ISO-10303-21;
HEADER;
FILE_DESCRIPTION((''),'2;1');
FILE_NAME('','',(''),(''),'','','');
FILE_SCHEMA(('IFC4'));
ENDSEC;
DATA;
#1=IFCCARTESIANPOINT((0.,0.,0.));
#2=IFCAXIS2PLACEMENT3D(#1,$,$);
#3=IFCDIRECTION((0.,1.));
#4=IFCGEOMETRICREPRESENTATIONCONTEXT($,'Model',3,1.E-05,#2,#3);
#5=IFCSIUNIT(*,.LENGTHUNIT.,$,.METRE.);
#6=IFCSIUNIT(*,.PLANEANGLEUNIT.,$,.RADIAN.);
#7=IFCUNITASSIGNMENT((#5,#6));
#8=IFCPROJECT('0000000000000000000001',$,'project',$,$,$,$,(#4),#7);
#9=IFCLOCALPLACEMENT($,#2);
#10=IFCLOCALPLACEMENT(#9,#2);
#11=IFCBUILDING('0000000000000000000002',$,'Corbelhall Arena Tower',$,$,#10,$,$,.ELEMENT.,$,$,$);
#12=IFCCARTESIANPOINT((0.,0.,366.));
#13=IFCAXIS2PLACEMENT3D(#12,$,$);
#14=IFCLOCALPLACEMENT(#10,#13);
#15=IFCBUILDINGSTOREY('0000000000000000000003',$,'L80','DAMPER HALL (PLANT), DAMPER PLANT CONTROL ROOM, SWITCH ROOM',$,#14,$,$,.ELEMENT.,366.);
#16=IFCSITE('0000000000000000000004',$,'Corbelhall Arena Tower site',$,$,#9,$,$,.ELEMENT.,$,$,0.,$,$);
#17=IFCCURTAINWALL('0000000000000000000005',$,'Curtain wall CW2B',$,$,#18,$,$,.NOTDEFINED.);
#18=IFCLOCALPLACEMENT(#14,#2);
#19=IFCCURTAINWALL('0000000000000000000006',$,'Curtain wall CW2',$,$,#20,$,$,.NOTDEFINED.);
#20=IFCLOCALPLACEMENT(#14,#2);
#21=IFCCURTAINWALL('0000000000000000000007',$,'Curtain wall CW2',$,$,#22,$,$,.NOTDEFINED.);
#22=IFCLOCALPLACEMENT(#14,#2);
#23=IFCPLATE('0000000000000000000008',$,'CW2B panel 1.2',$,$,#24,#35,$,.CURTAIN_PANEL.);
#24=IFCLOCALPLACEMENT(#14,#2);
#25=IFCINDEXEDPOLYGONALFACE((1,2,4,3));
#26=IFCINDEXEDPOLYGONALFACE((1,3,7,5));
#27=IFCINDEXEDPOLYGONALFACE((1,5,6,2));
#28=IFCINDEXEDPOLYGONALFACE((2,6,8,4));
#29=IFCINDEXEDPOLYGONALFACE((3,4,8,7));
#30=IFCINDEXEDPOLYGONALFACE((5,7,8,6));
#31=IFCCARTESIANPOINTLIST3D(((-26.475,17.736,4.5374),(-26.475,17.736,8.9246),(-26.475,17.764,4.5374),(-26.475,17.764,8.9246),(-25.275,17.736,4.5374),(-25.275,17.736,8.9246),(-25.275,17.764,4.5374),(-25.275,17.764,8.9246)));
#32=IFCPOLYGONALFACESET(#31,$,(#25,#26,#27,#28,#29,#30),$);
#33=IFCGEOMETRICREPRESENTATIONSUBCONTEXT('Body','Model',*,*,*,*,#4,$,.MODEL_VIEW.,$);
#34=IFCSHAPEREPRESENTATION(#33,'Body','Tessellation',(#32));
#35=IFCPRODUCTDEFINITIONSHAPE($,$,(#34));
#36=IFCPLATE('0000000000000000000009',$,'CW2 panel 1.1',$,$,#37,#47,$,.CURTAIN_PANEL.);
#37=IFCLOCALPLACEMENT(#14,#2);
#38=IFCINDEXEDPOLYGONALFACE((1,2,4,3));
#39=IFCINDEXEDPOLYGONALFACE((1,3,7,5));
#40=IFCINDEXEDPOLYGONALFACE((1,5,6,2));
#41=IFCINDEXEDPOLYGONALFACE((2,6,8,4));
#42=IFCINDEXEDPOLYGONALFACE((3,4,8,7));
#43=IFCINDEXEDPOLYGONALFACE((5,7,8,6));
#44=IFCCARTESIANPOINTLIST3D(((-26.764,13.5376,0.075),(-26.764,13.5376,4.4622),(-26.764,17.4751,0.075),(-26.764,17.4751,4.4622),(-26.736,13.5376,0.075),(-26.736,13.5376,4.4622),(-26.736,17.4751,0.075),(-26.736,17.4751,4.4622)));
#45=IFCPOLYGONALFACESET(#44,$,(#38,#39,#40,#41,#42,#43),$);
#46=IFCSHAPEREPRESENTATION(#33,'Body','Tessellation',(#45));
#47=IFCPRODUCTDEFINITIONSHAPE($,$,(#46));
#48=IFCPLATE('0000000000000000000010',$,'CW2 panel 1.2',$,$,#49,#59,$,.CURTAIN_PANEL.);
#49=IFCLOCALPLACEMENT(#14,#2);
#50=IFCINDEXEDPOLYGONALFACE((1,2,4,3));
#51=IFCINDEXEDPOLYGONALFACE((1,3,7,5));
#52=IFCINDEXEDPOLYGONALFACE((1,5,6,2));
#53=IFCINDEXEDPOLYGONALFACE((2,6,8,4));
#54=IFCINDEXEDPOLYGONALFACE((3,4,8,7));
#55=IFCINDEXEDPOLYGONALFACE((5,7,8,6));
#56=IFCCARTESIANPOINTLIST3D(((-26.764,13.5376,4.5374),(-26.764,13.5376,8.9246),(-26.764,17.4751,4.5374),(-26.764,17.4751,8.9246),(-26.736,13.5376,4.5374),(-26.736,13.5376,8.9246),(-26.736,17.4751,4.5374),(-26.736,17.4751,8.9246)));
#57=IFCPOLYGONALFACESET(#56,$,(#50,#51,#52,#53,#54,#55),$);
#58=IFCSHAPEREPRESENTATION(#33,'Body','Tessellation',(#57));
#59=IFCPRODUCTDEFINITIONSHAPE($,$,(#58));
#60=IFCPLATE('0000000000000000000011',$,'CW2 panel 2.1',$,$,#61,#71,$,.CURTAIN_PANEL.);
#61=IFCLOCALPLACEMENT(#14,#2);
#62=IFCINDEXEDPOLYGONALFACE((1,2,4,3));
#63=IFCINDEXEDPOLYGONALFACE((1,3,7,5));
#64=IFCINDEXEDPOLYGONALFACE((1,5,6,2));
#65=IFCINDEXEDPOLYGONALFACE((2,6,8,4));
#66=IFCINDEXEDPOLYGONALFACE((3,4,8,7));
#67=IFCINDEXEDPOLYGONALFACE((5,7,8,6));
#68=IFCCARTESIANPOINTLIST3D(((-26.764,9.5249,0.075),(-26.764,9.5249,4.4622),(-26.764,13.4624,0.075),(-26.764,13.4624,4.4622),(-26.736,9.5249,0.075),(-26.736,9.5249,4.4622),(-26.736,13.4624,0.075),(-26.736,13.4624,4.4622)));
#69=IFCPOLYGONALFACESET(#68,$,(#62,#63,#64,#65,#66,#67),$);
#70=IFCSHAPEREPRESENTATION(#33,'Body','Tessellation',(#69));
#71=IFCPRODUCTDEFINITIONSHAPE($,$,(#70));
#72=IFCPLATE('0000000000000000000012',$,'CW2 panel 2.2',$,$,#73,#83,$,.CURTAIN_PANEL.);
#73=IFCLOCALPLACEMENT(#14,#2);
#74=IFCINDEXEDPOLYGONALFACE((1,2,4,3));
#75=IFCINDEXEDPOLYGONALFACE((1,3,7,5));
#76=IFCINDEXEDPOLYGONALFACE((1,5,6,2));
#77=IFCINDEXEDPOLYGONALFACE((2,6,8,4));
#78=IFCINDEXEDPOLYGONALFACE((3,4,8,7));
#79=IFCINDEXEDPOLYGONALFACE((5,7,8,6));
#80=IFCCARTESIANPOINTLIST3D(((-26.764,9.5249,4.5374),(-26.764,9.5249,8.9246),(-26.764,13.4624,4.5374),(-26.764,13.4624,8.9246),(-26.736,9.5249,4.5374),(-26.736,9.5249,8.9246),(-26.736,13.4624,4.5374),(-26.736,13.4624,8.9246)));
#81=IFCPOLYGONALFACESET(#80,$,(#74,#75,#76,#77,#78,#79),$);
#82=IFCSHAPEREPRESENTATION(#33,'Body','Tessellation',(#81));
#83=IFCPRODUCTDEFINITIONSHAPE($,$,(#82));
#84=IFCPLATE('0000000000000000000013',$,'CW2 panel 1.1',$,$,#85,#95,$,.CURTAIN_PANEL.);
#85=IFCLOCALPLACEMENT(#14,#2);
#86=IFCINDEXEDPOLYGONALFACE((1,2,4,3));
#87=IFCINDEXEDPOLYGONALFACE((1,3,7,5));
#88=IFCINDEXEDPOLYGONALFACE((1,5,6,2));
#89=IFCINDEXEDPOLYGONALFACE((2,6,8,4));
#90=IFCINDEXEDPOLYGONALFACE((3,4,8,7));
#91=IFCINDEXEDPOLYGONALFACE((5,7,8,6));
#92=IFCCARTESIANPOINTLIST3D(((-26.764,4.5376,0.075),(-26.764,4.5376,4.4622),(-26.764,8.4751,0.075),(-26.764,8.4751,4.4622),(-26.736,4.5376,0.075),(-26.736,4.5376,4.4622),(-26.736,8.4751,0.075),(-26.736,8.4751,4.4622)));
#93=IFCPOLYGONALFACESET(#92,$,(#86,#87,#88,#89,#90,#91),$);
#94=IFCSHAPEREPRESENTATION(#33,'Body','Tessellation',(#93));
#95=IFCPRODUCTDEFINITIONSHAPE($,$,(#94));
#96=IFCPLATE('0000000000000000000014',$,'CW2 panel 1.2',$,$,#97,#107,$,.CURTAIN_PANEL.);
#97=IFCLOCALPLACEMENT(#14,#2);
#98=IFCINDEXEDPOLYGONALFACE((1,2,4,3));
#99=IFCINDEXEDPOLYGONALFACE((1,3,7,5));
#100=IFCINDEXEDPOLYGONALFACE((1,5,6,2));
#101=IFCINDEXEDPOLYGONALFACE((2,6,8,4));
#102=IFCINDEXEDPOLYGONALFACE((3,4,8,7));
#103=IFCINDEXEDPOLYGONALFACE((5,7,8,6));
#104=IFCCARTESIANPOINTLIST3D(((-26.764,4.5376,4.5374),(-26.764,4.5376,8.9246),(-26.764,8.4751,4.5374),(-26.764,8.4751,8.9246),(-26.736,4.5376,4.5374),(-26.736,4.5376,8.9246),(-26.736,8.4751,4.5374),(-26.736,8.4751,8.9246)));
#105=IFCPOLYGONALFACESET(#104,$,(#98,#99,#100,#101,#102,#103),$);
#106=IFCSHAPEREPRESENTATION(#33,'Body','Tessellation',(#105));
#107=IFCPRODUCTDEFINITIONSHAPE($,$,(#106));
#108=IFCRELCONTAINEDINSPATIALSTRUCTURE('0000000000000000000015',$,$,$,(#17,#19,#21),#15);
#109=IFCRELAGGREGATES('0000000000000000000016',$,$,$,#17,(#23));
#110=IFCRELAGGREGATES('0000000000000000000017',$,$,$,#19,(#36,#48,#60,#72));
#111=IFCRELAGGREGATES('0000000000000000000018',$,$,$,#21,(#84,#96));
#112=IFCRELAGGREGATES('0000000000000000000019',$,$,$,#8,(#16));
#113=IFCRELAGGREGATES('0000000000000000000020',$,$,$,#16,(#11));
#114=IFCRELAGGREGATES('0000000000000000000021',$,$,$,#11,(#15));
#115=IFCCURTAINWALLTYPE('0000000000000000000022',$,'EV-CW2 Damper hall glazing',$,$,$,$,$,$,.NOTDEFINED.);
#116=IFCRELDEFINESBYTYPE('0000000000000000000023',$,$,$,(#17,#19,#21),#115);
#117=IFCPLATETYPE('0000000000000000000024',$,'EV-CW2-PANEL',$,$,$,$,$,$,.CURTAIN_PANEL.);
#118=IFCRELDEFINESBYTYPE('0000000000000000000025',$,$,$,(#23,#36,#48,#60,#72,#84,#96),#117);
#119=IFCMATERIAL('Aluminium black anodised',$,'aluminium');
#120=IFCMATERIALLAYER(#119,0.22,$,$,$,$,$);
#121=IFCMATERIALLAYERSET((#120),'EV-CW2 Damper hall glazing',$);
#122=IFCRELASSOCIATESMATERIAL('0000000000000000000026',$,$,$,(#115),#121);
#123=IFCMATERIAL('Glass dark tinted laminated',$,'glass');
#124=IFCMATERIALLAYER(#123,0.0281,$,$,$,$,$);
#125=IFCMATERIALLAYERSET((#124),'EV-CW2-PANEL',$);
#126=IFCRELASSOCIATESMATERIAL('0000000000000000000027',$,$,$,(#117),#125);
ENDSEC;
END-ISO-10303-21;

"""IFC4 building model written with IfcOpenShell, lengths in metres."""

from ifc_helpers import new_model, si_unit, direction, frame, origin, origin_2d, place, context, subcontext, project, spatial, rectangle, extrude, material, layer, layer_set, type_object, element, aggregate, save


model = new_model("IFC4")

# Units and contexts
model_context = context("Model", 3, precision=1e-05, world=origin(), true_north=direction((0.0, 1.0)))
body_context = subcontext(model_context, "Body", "Model", "MODEL_VIEW")
ifc_project = project(units=[si_unit("LENGTHUNIT", "METRE"), si_unit("PLANEANGLEUNIT", "RADIAN")], contexts=[model_context])

# Site, building, storey
site_placement = place(None, origin())
site = spatial("IfcSite", under=ifc_project, at=site_placement, Name="Corbelhall Arena Tower site", CompositionType="ELEMENT", RefElevation=0.0)
building_placement = place(site_placement, origin())
building = spatial("IfcBuilding", under=site, at=building_placement, Name="Corbelhall Arena Tower", CompositionType="ELEMENT")
storey_placement = place(building_placement, frame((0.0, 0.0, 366.0)))
storey = spatial("IfcBuildingStorey", under=building, at=storey_placement, Name="L80", Description="DAMPER HALL (PLANT), DAMPER PLANT CONTROL ROOM, SWITCH ROOM", CompositionType="ELEMENT", Elevation=366.0)

# Curtain walls
ifc_material_1 = material(Name="Aluminium black anodised", Category="aluminium")
ifc_layer_1 = layer(ifc_material_1, 0.22)
ifc_layer_set_1 = layer_set([ifc_layer_1], Name="EV-CW2 Damper hall glazing")
curtain_wall_type = type_object("IfcCurtainWallType", Name="EV-CW2 Damper hall glazing", PredefinedType="NOTDEFINED", material=ifc_layer_set_1)
curtain_wall_1_placement = place(storey_placement, origin())
curtain_wall_1 = element("IfcCurtainWall", 1, at=curtain_wall_1_placement, inside=storey, type_object=curtain_wall_type, Name="Curtain wall CW2B", PredefinedType="NOTDEFINED")
curtain_wall_2_placement = place(storey_placement, origin())
curtain_wall_2 = element("IfcCurtainWall", 2, at=curtain_wall_2_placement, inside=storey, type_object=curtain_wall_type, Name="Curtain wall CW2", PredefinedType="NOTDEFINED")
curtain_wall_3_placement = place(storey_placement, origin())
curtain_wall_3 = element("IfcCurtainWall", 3, at=curtain_wall_3_placement, inside=storey, type_object=curtain_wall_type, Name="Curtain wall CW2", PredefinedType="NOTDEFINED")

# Plates
ifc_material_2 = material(Name="Glass dark tinted laminated", Category="glass")
ifc_layer_2 = layer(ifc_material_2, 0.0281)
ifc_layer_set_2 = layer_set([ifc_layer_2], Name="EV-CW2-PANEL")
plate_type = type_object("IfcPlateType", Name="EV-CW2-PANEL", PredefinedType="CURTAIN_PANEL", material=ifc_layer_set_2)
plate_1_placement = place(storey_placement, frame((-25.875, 17.75, 4.5374), z_axis=(0.0, 0.0, 1.0), x_axis=(-1.0, 0.0, 0.0)))
plate_1 = element("IfcPlate", 4, at=plate_1_placement, type_object=plate_type, Name="CW2B panel 1.2", PredefinedType="CURTAIN_PANEL", context=body_context, shape_type="SweptSolid", body=[
    extrude(rectangle(XDim=1.2, YDim=0.0281, at=origin_2d()), origin(), (0.0, 0.0, 1.0), 4.3872),
])
aggregate(curtain_wall_1, [plate_1])
plate_2_placement = place(storey_placement, frame((-26.75, 15.5063, 0.075), z_axis=(0.0, 0.0, 1.0), x_axis=(0.0, -1.0, 0.0)))
plate_2 = element("IfcPlate", 5, at=plate_2_placement, type_object=plate_type, Name="CW2 panel 1.1", PredefinedType="CURTAIN_PANEL", context=body_context, shape_type="SweptSolid", body=[
    extrude(rectangle(XDim=3.9375, YDim=0.0281, at=origin_2d()), origin(), (0.0, 0.0, 1.0), 4.3872),
])
plate_3_placement = place(storey_placement, frame((-26.75, 15.5063, 4.5374), z_axis=(0.0, 0.0, 1.0), x_axis=(0.0, -1.0, 0.0)))
plate_3 = element("IfcPlate", 6, at=plate_3_placement, type_object=plate_type, Name="CW2 panel 1.2", PredefinedType="CURTAIN_PANEL", context=body_context, shape_type="SweptSolid", body=[
    extrude(rectangle(XDim=3.9375, YDim=0.0281, at=origin_2d()), origin(), (0.0, 0.0, 1.0), 4.3872),
])
plate_4_placement = place(storey_placement, frame((-26.75, 11.4937, 0.075), z_axis=(0.0, 0.0, 1.0), x_axis=(0.0, -1.0, 0.0)))
plate_4 = element("IfcPlate", 7, at=plate_4_placement, type_object=plate_type, Name="CW2 panel 2.1", PredefinedType="CURTAIN_PANEL", context=body_context, shape_type="SweptSolid", body=[
    extrude(rectangle(XDim=3.9375, YDim=0.0281, at=origin_2d()), origin(), (0.0, 0.0, 1.0), 4.3872),
])
plate_5_placement = place(storey_placement, frame((-26.75, 11.4937, 4.5374), z_axis=(0.0, 0.0, 1.0), x_axis=(0.0, -1.0, 0.0)))
plate_5 = element("IfcPlate", 8, at=plate_5_placement, type_object=plate_type, Name="CW2 panel 2.2", PredefinedType="CURTAIN_PANEL", context=body_context, shape_type="SweptSolid", body=[
    extrude(rectangle(XDim=3.9375, YDim=0.0281, at=origin_2d()), origin(), (0.0, 0.0, 1.0), 4.3872),
])
aggregate(curtain_wall_2, [plate_2, plate_3, plate_4, plate_5])
plate_6_placement = place(storey_placement, frame((-26.75, 6.5063, 0.075), z_axis=(0.0, 0.0, 1.0), x_axis=(0.0, -1.0, 0.0)))
plate_6 = element("IfcPlate", 9, at=plate_6_placement, type_object=plate_type, Name="CW2 panel 1.1", PredefinedType="CURTAIN_PANEL", context=body_context, shape_type="SweptSolid", body=[
    extrude(rectangle(XDim=3.9375, YDim=0.0281, at=origin_2d()), origin(), (0.0, 0.0, 1.0), 4.3872),
])
plate_7_placement = place(storey_placement, frame((-26.75, 6.5063, 4.5374), z_axis=(0.0, 0.0, 1.0), x_axis=(0.0, -1.0, 0.0)))
plate_7 = element("IfcPlate", 10, at=plate_7_placement, type_object=plate_type, Name="CW2 panel 1.2", PredefinedType="CURTAIN_PANEL", context=body_context, shape_type="SweptSolid", body=[
    extrude(rectangle(XDim=3.9375, YDim=0.0281, at=origin_2d()), origin(), (0.0, 0.0, 1.0), 4.3872),
])
aggregate(curtain_wall_3, [plate_6, plate_7])

save(model, "model.ifc")
